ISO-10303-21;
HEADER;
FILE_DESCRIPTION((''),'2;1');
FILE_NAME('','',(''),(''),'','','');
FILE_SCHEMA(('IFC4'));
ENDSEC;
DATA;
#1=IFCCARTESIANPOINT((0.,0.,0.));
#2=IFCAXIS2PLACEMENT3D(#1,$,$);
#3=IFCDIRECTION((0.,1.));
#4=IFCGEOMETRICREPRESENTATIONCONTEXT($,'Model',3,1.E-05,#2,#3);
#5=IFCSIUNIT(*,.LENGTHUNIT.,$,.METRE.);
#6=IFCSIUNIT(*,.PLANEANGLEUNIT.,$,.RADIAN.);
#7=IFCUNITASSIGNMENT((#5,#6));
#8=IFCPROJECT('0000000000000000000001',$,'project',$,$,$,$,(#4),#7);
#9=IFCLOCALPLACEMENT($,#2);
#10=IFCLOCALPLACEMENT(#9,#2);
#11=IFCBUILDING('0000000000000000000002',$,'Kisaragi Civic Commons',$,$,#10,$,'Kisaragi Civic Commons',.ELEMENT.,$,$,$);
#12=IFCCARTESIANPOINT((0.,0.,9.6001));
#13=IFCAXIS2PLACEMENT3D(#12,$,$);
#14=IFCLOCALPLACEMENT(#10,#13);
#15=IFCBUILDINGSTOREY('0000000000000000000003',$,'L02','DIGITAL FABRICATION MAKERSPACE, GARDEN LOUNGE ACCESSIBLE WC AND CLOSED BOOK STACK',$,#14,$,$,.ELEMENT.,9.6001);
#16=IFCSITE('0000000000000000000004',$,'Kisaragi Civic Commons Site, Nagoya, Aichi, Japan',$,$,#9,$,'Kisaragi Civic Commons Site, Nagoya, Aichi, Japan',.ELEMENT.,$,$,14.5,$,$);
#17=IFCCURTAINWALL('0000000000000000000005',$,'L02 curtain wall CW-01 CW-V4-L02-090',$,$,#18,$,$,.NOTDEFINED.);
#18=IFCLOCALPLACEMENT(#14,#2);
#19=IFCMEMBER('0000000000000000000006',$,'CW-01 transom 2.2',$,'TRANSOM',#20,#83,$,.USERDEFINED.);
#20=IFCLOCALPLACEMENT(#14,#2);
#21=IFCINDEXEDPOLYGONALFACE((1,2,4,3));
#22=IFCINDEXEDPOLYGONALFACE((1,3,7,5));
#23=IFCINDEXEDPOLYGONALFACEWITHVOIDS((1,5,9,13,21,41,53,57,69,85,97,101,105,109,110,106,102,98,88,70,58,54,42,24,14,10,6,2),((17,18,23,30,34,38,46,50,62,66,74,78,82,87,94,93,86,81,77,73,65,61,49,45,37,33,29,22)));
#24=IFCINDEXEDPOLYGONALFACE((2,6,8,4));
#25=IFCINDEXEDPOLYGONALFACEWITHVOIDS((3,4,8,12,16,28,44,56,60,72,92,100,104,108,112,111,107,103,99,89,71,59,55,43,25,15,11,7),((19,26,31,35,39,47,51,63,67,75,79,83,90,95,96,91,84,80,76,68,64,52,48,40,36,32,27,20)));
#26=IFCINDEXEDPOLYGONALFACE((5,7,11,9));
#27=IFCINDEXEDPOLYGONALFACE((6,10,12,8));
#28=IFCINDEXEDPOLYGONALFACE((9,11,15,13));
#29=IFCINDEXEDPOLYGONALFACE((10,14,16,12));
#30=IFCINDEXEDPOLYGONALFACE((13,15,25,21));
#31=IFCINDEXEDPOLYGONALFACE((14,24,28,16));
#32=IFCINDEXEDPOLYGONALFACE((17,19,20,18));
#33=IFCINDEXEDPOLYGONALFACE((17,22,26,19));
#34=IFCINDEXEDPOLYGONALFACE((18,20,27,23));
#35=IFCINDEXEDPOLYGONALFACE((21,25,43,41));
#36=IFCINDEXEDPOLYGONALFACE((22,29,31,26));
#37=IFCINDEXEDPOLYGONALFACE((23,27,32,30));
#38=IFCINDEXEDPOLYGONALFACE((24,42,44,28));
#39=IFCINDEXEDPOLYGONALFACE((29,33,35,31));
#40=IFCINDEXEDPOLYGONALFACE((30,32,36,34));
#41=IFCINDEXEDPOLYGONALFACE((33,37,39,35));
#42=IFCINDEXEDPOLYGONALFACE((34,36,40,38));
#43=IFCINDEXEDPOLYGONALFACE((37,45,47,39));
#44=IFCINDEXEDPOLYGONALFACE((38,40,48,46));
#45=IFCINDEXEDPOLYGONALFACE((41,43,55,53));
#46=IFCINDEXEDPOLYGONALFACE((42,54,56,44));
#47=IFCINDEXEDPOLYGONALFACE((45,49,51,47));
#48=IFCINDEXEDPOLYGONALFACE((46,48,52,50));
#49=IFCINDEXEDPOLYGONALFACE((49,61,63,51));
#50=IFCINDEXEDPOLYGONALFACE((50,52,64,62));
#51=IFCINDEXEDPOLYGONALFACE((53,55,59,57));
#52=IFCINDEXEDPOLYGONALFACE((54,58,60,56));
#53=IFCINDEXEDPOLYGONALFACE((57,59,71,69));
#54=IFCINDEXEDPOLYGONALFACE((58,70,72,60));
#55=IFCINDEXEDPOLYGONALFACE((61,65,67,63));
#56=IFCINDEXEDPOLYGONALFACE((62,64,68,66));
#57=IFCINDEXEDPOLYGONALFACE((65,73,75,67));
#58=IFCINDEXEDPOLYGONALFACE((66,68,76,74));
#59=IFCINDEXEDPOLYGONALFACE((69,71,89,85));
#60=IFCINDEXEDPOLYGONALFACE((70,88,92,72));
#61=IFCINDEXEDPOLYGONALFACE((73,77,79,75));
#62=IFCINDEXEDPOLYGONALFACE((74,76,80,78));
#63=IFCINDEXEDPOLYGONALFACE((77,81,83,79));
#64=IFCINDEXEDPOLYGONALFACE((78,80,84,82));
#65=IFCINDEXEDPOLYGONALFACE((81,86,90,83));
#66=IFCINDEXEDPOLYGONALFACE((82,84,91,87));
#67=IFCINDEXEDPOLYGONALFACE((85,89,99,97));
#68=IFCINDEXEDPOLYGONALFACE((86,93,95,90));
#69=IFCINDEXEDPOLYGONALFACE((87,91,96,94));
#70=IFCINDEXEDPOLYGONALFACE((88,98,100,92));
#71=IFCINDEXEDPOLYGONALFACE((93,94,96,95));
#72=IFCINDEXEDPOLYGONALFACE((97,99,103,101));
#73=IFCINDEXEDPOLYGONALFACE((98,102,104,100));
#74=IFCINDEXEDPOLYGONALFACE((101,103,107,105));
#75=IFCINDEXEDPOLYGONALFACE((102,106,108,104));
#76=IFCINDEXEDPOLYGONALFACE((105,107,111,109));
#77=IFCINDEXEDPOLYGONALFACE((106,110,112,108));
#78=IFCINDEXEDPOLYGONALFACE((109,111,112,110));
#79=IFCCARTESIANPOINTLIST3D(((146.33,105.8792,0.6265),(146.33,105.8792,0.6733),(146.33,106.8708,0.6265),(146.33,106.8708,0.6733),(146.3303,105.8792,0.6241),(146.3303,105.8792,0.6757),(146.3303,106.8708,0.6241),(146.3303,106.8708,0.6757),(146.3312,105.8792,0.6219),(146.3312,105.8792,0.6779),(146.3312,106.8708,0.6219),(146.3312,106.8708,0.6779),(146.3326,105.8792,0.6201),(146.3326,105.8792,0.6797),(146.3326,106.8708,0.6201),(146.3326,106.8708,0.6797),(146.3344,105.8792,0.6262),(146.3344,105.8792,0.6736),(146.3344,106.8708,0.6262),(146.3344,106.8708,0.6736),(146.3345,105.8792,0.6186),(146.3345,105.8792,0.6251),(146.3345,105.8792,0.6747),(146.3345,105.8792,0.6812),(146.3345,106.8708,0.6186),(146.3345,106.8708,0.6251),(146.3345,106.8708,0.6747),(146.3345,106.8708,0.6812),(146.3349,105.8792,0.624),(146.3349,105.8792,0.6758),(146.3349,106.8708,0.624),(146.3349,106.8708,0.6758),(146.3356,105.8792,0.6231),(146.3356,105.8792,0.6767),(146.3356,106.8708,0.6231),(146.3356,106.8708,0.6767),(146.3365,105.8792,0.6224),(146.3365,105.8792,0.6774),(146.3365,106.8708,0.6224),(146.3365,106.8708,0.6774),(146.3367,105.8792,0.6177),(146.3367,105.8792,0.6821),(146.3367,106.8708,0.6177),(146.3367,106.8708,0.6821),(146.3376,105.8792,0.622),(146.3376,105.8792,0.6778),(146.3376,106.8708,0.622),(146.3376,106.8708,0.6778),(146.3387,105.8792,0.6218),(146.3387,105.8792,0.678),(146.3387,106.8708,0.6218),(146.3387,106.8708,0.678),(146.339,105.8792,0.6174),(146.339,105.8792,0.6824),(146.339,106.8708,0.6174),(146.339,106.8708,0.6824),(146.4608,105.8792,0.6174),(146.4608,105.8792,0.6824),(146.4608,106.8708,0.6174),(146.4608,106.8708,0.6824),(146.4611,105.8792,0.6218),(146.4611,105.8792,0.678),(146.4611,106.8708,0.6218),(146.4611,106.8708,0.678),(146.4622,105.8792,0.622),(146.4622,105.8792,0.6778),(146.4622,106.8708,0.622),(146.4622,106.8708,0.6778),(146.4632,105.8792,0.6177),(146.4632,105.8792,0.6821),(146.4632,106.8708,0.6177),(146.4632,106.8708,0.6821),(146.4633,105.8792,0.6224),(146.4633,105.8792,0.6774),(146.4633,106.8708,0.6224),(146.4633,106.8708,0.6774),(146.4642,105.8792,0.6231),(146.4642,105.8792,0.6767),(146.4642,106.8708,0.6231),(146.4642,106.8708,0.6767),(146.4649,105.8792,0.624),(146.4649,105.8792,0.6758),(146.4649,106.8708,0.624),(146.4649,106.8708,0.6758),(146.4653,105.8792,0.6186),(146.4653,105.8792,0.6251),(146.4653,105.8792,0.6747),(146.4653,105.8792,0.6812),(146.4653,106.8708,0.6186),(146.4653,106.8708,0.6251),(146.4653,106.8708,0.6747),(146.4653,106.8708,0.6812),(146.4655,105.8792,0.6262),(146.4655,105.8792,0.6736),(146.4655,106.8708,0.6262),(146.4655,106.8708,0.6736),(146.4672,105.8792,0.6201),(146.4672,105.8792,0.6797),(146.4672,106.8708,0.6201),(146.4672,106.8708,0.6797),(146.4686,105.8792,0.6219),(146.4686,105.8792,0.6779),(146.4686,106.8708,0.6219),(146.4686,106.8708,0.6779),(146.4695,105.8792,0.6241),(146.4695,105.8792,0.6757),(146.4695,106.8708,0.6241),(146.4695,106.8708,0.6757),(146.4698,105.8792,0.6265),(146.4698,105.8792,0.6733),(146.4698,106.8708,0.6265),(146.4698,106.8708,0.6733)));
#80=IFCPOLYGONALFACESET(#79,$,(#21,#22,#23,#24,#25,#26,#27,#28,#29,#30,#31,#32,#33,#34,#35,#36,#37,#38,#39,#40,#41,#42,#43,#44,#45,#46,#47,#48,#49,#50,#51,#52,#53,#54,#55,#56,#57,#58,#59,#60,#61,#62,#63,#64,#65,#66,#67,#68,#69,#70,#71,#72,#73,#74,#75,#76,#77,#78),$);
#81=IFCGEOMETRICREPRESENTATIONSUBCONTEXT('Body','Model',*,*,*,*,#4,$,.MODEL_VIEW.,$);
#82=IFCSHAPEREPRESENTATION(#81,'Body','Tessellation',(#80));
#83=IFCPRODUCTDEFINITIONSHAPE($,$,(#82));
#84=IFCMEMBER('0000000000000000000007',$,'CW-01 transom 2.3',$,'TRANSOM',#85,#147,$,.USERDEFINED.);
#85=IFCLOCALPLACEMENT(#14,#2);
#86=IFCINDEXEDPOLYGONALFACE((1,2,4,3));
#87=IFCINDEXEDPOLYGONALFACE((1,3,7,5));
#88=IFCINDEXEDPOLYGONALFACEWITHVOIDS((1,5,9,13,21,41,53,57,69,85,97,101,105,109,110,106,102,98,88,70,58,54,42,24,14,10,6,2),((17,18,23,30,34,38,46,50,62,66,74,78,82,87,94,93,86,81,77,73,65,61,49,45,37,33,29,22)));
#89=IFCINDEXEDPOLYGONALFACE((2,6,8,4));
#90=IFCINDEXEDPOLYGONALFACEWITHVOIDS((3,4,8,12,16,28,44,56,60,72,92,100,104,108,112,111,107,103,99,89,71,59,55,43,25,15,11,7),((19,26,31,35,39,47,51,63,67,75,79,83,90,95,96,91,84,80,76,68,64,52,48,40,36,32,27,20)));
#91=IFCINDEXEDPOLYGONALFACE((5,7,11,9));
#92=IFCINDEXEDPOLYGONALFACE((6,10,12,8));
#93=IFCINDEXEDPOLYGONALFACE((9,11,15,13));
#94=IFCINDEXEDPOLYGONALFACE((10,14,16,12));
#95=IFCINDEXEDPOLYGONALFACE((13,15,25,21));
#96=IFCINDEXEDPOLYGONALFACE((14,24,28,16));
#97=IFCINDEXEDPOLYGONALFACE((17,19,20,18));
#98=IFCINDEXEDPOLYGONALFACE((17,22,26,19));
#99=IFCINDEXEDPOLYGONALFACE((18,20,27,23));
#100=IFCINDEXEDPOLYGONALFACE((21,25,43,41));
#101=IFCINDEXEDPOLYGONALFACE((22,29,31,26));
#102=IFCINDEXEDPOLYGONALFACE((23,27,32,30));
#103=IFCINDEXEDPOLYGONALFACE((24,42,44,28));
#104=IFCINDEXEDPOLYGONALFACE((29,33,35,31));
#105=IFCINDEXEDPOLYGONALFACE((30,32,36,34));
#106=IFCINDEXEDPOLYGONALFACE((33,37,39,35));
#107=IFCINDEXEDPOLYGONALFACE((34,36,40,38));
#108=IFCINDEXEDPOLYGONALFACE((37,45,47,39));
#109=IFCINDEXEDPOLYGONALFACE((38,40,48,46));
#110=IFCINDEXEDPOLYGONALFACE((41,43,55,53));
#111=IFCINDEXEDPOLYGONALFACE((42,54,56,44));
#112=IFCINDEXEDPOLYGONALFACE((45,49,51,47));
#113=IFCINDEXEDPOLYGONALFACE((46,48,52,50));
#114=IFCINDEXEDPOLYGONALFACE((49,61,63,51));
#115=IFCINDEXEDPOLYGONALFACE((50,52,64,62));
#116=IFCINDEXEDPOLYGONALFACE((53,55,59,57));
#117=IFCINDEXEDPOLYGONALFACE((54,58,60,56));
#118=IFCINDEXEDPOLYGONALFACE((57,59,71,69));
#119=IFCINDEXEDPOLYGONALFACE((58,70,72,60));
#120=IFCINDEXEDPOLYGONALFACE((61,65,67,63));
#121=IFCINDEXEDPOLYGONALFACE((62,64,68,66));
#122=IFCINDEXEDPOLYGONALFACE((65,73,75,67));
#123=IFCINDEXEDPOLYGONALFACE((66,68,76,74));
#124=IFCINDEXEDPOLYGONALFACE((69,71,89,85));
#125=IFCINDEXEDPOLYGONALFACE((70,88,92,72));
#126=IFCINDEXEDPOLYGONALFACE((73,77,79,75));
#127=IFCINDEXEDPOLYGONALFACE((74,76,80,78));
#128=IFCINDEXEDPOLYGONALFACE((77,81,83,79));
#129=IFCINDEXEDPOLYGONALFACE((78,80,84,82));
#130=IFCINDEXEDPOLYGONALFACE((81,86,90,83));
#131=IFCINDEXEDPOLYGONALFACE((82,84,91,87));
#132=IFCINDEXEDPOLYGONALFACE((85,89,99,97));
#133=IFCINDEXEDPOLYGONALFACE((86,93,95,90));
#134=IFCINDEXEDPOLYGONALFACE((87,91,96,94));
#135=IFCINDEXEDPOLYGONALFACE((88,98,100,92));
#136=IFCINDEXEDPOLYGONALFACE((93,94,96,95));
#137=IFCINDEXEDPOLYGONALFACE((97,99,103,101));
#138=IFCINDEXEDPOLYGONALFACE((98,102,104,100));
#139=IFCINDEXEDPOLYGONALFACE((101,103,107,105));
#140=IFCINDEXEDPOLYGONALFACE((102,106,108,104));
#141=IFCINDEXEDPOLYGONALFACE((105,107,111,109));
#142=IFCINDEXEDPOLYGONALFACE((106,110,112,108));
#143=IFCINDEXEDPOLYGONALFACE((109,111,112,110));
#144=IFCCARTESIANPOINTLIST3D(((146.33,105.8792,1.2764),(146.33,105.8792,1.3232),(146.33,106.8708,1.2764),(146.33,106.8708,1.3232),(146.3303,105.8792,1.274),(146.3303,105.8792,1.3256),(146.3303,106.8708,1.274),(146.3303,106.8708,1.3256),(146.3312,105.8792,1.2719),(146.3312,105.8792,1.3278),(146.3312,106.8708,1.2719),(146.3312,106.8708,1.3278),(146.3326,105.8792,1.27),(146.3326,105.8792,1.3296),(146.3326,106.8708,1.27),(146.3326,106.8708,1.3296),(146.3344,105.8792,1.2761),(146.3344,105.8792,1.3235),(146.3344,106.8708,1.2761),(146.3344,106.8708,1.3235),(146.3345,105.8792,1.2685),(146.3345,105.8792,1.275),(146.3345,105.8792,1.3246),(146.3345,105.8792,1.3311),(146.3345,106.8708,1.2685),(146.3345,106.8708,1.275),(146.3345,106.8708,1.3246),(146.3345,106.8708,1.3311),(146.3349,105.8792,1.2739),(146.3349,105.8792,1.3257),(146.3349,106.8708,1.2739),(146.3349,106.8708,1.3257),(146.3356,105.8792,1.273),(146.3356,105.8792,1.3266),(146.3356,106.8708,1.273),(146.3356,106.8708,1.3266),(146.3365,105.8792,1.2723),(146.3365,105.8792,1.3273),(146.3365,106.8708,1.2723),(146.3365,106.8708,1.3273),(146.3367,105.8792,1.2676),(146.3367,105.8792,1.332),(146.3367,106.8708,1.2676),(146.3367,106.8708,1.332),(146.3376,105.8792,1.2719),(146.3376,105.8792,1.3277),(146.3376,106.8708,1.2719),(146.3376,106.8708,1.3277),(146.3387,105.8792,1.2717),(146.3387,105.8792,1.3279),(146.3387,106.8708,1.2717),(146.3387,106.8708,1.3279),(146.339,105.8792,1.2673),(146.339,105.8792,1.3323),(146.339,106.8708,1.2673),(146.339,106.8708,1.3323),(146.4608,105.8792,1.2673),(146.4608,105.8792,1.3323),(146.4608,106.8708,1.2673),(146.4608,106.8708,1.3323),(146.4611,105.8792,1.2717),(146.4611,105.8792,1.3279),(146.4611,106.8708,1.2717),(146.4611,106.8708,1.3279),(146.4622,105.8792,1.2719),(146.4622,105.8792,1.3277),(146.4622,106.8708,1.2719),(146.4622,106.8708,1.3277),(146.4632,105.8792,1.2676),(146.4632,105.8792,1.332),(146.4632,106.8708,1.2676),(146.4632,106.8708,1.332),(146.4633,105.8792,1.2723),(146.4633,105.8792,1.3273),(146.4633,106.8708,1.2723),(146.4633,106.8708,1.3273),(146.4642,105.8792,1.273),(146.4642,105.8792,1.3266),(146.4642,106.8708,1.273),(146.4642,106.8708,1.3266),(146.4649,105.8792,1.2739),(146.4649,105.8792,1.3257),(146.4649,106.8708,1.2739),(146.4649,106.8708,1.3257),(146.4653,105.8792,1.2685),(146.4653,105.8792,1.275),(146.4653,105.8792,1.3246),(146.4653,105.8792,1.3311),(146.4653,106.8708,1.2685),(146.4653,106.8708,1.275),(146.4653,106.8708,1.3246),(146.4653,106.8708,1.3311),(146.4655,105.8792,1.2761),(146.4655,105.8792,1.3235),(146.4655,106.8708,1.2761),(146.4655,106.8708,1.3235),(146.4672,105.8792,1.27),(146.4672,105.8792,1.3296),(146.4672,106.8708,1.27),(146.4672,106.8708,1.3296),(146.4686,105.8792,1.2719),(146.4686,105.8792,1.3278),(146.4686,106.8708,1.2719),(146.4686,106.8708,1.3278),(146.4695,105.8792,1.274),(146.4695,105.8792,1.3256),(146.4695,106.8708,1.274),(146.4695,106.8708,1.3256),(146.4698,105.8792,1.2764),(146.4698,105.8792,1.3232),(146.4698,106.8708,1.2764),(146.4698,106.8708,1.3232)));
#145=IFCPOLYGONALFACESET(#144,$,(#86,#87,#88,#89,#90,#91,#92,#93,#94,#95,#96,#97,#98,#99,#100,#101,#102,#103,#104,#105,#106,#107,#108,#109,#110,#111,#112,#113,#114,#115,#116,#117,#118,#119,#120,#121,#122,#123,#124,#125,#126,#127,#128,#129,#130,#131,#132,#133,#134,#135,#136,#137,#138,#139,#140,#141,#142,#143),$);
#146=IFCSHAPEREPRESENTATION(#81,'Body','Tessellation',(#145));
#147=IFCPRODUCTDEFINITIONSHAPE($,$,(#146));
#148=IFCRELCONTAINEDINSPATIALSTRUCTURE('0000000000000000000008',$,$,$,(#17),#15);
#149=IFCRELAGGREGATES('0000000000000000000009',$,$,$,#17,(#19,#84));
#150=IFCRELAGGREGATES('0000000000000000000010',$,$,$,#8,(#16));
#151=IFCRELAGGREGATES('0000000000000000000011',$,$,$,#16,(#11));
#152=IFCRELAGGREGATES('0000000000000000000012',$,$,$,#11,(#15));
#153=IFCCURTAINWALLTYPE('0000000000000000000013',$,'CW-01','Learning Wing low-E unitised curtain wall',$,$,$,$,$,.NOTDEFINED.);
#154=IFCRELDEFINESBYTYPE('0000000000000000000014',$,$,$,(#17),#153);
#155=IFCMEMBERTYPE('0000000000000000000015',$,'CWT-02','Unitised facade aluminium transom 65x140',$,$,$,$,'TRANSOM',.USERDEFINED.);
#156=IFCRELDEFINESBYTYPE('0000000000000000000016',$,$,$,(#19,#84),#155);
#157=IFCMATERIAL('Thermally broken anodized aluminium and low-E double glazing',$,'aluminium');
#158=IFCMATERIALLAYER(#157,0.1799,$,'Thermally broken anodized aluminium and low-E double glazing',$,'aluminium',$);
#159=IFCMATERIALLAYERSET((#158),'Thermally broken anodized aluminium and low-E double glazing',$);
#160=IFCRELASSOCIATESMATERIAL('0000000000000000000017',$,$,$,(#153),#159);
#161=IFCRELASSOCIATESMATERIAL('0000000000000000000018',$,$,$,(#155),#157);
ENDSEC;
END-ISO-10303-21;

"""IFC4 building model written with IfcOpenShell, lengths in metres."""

from ifc_helpers import new_model, si_unit, direction, frame, origin, origin_2d, place, context, subcontext, project, spatial, hollow_rectangle, extrude, material, layer, layer_set, material_profile, profile_set, type_object, element, aggregate, save


model = new_model("IFC4")

# Units and contexts
model_context = context("Model", 3, precision=1e-05, world=origin(), true_north=direction((0.0, 1.0)))
body_context = subcontext(model_context, "Body", "Model", "MODEL_VIEW")
ifc_project = project(units=[si_unit("LENGTHUNIT", "METRE"), si_unit("PLANEANGLEUNIT", "RADIAN")], contexts=[model_context])

# Site, building, storey
site_placement = place(None, origin())
site = spatial("IfcSite", under=ifc_project, at=site_placement, Name="Kisaragi Civic Commons Site, Nagoya, Aichi, Japan", LongName="Kisaragi Civic Commons Site, Nagoya, Aichi, Japan", CompositionType="ELEMENT", RefElevation=14.5)
building_placement = place(site_placement, origin())
building = spatial("IfcBuilding", under=site, at=building_placement, Name="Kisaragi Civic Commons", LongName="Kisaragi Civic Commons", CompositionType="ELEMENT")
storey_placement = place(building_placement, frame((0.0, 0.0, 9.6001)))
storey = spatial("IfcBuildingStorey", under=building, at=storey_placement, Name="L02", Description="DIGITAL FABRICATION MAKERSPACE, GARDEN LOUNGE ACCESSIBLE WC AND CLOSED BOOK STACK", CompositionType="ELEMENT", Elevation=9.6001)

# Shared definitions
ifc_material_1 = material(Name="Thermally broken anodized aluminium and low-E double glazing", Category="aluminium")
ifc_layer_1 = layer(ifc_material_1, 0.1799, Name="Thermally broken anodized aluminium and low-E double glazing", Category="aluminium")
ifc_layer_set_1 = layer_set([ifc_layer_1], Name="Thermally broken anodized aluminium and low-E double glazing")
curtain_wall_type = type_object("IfcCurtainWallType", Name="CW-01", Description="Learning Wing low-E unitised curtain wall", PredefinedType="NOTDEFINED", material=ifc_layer_set_1)

# Curtain wall, members
curtain_wall_1_placement = place(storey_placement, origin())
curtain_wall_1 = element("IfcCurtainWall", 1, at=curtain_wall_1_placement, inside=storey, type_object=curtain_wall_type, Name="L02 curtain wall CW-01 CW-V4-L02-090", PredefinedType="NOTDEFINED")
ifc_material_profile_1 = material_profile(ifc_material_1, hollow_rectangle(XDim=0.1399, YDim=0.0649, WallThickness=0.0044, InnerFilletRadius=0.0044, OuterFilletRadius=0.009, at=origin_2d()), Name="CWT-65x140x4.5", Category="aluminium")
ifc_profile_set_1 = profile_set([ifc_material_profile_1], Name="Thermally broken anodized aluminium and low-E double glazing")
member_type_1 = type_object("IfcMemberType", Name="CWT-02", Description="Unitised facade aluminium transom 65x140", ElementType="TRANSOM", PredefinedType="USERDEFINED", material=ifc_profile_set_1)
member_1_placement = place(storey_placement, frame((146.3999, 106.8708, 0.6499), z_axis=(0.0, -1.0, 0.0), x_axis=(1.0, 0.0, 0.0)))
member_1 = element("IfcMember", 2, at=member_1_placement, type_object=member_type_1, Name="CW-01 transom 2.2", ObjectType="TRANSOM", PredefinedType="USERDEFINED", context=body_context, shape_type="SweptSolid", body=[
    extrude(hollow_rectangle(XDim=0.1399, YDim=0.0649, WallThickness=0.0044, InnerFilletRadius=0.0044, OuterFilletRadius=0.009, at=origin_2d()), origin(), (0.0, 0.0, 1.0), 0.9917),
])
member_2_placement = place(storey_placement, frame((146.3999, 106.8708, 1.2998), z_axis=(0.0, -1.0, 0.0), x_axis=(1.0, 0.0, 0.0)))
member_2 = element("IfcMember", 3, at=member_2_placement, type_object=member_type_1, Name="CW-01 transom 2.3", ObjectType="TRANSOM", PredefinedType="USERDEFINED", context=body_context, shape_type="SweptSolid", body=[
    extrude(hollow_rectangle(XDim=0.1399, YDim=0.0649, WallThickness=0.0044, InnerFilletRadius=0.0044, OuterFilletRadius=0.009, at=origin_2d()), origin(), (0.0, 0.0, 1.0), 0.9917),
])

aggregate(curtain_wall_1, [member_1, member_2])

save(model, "model.ifc")
